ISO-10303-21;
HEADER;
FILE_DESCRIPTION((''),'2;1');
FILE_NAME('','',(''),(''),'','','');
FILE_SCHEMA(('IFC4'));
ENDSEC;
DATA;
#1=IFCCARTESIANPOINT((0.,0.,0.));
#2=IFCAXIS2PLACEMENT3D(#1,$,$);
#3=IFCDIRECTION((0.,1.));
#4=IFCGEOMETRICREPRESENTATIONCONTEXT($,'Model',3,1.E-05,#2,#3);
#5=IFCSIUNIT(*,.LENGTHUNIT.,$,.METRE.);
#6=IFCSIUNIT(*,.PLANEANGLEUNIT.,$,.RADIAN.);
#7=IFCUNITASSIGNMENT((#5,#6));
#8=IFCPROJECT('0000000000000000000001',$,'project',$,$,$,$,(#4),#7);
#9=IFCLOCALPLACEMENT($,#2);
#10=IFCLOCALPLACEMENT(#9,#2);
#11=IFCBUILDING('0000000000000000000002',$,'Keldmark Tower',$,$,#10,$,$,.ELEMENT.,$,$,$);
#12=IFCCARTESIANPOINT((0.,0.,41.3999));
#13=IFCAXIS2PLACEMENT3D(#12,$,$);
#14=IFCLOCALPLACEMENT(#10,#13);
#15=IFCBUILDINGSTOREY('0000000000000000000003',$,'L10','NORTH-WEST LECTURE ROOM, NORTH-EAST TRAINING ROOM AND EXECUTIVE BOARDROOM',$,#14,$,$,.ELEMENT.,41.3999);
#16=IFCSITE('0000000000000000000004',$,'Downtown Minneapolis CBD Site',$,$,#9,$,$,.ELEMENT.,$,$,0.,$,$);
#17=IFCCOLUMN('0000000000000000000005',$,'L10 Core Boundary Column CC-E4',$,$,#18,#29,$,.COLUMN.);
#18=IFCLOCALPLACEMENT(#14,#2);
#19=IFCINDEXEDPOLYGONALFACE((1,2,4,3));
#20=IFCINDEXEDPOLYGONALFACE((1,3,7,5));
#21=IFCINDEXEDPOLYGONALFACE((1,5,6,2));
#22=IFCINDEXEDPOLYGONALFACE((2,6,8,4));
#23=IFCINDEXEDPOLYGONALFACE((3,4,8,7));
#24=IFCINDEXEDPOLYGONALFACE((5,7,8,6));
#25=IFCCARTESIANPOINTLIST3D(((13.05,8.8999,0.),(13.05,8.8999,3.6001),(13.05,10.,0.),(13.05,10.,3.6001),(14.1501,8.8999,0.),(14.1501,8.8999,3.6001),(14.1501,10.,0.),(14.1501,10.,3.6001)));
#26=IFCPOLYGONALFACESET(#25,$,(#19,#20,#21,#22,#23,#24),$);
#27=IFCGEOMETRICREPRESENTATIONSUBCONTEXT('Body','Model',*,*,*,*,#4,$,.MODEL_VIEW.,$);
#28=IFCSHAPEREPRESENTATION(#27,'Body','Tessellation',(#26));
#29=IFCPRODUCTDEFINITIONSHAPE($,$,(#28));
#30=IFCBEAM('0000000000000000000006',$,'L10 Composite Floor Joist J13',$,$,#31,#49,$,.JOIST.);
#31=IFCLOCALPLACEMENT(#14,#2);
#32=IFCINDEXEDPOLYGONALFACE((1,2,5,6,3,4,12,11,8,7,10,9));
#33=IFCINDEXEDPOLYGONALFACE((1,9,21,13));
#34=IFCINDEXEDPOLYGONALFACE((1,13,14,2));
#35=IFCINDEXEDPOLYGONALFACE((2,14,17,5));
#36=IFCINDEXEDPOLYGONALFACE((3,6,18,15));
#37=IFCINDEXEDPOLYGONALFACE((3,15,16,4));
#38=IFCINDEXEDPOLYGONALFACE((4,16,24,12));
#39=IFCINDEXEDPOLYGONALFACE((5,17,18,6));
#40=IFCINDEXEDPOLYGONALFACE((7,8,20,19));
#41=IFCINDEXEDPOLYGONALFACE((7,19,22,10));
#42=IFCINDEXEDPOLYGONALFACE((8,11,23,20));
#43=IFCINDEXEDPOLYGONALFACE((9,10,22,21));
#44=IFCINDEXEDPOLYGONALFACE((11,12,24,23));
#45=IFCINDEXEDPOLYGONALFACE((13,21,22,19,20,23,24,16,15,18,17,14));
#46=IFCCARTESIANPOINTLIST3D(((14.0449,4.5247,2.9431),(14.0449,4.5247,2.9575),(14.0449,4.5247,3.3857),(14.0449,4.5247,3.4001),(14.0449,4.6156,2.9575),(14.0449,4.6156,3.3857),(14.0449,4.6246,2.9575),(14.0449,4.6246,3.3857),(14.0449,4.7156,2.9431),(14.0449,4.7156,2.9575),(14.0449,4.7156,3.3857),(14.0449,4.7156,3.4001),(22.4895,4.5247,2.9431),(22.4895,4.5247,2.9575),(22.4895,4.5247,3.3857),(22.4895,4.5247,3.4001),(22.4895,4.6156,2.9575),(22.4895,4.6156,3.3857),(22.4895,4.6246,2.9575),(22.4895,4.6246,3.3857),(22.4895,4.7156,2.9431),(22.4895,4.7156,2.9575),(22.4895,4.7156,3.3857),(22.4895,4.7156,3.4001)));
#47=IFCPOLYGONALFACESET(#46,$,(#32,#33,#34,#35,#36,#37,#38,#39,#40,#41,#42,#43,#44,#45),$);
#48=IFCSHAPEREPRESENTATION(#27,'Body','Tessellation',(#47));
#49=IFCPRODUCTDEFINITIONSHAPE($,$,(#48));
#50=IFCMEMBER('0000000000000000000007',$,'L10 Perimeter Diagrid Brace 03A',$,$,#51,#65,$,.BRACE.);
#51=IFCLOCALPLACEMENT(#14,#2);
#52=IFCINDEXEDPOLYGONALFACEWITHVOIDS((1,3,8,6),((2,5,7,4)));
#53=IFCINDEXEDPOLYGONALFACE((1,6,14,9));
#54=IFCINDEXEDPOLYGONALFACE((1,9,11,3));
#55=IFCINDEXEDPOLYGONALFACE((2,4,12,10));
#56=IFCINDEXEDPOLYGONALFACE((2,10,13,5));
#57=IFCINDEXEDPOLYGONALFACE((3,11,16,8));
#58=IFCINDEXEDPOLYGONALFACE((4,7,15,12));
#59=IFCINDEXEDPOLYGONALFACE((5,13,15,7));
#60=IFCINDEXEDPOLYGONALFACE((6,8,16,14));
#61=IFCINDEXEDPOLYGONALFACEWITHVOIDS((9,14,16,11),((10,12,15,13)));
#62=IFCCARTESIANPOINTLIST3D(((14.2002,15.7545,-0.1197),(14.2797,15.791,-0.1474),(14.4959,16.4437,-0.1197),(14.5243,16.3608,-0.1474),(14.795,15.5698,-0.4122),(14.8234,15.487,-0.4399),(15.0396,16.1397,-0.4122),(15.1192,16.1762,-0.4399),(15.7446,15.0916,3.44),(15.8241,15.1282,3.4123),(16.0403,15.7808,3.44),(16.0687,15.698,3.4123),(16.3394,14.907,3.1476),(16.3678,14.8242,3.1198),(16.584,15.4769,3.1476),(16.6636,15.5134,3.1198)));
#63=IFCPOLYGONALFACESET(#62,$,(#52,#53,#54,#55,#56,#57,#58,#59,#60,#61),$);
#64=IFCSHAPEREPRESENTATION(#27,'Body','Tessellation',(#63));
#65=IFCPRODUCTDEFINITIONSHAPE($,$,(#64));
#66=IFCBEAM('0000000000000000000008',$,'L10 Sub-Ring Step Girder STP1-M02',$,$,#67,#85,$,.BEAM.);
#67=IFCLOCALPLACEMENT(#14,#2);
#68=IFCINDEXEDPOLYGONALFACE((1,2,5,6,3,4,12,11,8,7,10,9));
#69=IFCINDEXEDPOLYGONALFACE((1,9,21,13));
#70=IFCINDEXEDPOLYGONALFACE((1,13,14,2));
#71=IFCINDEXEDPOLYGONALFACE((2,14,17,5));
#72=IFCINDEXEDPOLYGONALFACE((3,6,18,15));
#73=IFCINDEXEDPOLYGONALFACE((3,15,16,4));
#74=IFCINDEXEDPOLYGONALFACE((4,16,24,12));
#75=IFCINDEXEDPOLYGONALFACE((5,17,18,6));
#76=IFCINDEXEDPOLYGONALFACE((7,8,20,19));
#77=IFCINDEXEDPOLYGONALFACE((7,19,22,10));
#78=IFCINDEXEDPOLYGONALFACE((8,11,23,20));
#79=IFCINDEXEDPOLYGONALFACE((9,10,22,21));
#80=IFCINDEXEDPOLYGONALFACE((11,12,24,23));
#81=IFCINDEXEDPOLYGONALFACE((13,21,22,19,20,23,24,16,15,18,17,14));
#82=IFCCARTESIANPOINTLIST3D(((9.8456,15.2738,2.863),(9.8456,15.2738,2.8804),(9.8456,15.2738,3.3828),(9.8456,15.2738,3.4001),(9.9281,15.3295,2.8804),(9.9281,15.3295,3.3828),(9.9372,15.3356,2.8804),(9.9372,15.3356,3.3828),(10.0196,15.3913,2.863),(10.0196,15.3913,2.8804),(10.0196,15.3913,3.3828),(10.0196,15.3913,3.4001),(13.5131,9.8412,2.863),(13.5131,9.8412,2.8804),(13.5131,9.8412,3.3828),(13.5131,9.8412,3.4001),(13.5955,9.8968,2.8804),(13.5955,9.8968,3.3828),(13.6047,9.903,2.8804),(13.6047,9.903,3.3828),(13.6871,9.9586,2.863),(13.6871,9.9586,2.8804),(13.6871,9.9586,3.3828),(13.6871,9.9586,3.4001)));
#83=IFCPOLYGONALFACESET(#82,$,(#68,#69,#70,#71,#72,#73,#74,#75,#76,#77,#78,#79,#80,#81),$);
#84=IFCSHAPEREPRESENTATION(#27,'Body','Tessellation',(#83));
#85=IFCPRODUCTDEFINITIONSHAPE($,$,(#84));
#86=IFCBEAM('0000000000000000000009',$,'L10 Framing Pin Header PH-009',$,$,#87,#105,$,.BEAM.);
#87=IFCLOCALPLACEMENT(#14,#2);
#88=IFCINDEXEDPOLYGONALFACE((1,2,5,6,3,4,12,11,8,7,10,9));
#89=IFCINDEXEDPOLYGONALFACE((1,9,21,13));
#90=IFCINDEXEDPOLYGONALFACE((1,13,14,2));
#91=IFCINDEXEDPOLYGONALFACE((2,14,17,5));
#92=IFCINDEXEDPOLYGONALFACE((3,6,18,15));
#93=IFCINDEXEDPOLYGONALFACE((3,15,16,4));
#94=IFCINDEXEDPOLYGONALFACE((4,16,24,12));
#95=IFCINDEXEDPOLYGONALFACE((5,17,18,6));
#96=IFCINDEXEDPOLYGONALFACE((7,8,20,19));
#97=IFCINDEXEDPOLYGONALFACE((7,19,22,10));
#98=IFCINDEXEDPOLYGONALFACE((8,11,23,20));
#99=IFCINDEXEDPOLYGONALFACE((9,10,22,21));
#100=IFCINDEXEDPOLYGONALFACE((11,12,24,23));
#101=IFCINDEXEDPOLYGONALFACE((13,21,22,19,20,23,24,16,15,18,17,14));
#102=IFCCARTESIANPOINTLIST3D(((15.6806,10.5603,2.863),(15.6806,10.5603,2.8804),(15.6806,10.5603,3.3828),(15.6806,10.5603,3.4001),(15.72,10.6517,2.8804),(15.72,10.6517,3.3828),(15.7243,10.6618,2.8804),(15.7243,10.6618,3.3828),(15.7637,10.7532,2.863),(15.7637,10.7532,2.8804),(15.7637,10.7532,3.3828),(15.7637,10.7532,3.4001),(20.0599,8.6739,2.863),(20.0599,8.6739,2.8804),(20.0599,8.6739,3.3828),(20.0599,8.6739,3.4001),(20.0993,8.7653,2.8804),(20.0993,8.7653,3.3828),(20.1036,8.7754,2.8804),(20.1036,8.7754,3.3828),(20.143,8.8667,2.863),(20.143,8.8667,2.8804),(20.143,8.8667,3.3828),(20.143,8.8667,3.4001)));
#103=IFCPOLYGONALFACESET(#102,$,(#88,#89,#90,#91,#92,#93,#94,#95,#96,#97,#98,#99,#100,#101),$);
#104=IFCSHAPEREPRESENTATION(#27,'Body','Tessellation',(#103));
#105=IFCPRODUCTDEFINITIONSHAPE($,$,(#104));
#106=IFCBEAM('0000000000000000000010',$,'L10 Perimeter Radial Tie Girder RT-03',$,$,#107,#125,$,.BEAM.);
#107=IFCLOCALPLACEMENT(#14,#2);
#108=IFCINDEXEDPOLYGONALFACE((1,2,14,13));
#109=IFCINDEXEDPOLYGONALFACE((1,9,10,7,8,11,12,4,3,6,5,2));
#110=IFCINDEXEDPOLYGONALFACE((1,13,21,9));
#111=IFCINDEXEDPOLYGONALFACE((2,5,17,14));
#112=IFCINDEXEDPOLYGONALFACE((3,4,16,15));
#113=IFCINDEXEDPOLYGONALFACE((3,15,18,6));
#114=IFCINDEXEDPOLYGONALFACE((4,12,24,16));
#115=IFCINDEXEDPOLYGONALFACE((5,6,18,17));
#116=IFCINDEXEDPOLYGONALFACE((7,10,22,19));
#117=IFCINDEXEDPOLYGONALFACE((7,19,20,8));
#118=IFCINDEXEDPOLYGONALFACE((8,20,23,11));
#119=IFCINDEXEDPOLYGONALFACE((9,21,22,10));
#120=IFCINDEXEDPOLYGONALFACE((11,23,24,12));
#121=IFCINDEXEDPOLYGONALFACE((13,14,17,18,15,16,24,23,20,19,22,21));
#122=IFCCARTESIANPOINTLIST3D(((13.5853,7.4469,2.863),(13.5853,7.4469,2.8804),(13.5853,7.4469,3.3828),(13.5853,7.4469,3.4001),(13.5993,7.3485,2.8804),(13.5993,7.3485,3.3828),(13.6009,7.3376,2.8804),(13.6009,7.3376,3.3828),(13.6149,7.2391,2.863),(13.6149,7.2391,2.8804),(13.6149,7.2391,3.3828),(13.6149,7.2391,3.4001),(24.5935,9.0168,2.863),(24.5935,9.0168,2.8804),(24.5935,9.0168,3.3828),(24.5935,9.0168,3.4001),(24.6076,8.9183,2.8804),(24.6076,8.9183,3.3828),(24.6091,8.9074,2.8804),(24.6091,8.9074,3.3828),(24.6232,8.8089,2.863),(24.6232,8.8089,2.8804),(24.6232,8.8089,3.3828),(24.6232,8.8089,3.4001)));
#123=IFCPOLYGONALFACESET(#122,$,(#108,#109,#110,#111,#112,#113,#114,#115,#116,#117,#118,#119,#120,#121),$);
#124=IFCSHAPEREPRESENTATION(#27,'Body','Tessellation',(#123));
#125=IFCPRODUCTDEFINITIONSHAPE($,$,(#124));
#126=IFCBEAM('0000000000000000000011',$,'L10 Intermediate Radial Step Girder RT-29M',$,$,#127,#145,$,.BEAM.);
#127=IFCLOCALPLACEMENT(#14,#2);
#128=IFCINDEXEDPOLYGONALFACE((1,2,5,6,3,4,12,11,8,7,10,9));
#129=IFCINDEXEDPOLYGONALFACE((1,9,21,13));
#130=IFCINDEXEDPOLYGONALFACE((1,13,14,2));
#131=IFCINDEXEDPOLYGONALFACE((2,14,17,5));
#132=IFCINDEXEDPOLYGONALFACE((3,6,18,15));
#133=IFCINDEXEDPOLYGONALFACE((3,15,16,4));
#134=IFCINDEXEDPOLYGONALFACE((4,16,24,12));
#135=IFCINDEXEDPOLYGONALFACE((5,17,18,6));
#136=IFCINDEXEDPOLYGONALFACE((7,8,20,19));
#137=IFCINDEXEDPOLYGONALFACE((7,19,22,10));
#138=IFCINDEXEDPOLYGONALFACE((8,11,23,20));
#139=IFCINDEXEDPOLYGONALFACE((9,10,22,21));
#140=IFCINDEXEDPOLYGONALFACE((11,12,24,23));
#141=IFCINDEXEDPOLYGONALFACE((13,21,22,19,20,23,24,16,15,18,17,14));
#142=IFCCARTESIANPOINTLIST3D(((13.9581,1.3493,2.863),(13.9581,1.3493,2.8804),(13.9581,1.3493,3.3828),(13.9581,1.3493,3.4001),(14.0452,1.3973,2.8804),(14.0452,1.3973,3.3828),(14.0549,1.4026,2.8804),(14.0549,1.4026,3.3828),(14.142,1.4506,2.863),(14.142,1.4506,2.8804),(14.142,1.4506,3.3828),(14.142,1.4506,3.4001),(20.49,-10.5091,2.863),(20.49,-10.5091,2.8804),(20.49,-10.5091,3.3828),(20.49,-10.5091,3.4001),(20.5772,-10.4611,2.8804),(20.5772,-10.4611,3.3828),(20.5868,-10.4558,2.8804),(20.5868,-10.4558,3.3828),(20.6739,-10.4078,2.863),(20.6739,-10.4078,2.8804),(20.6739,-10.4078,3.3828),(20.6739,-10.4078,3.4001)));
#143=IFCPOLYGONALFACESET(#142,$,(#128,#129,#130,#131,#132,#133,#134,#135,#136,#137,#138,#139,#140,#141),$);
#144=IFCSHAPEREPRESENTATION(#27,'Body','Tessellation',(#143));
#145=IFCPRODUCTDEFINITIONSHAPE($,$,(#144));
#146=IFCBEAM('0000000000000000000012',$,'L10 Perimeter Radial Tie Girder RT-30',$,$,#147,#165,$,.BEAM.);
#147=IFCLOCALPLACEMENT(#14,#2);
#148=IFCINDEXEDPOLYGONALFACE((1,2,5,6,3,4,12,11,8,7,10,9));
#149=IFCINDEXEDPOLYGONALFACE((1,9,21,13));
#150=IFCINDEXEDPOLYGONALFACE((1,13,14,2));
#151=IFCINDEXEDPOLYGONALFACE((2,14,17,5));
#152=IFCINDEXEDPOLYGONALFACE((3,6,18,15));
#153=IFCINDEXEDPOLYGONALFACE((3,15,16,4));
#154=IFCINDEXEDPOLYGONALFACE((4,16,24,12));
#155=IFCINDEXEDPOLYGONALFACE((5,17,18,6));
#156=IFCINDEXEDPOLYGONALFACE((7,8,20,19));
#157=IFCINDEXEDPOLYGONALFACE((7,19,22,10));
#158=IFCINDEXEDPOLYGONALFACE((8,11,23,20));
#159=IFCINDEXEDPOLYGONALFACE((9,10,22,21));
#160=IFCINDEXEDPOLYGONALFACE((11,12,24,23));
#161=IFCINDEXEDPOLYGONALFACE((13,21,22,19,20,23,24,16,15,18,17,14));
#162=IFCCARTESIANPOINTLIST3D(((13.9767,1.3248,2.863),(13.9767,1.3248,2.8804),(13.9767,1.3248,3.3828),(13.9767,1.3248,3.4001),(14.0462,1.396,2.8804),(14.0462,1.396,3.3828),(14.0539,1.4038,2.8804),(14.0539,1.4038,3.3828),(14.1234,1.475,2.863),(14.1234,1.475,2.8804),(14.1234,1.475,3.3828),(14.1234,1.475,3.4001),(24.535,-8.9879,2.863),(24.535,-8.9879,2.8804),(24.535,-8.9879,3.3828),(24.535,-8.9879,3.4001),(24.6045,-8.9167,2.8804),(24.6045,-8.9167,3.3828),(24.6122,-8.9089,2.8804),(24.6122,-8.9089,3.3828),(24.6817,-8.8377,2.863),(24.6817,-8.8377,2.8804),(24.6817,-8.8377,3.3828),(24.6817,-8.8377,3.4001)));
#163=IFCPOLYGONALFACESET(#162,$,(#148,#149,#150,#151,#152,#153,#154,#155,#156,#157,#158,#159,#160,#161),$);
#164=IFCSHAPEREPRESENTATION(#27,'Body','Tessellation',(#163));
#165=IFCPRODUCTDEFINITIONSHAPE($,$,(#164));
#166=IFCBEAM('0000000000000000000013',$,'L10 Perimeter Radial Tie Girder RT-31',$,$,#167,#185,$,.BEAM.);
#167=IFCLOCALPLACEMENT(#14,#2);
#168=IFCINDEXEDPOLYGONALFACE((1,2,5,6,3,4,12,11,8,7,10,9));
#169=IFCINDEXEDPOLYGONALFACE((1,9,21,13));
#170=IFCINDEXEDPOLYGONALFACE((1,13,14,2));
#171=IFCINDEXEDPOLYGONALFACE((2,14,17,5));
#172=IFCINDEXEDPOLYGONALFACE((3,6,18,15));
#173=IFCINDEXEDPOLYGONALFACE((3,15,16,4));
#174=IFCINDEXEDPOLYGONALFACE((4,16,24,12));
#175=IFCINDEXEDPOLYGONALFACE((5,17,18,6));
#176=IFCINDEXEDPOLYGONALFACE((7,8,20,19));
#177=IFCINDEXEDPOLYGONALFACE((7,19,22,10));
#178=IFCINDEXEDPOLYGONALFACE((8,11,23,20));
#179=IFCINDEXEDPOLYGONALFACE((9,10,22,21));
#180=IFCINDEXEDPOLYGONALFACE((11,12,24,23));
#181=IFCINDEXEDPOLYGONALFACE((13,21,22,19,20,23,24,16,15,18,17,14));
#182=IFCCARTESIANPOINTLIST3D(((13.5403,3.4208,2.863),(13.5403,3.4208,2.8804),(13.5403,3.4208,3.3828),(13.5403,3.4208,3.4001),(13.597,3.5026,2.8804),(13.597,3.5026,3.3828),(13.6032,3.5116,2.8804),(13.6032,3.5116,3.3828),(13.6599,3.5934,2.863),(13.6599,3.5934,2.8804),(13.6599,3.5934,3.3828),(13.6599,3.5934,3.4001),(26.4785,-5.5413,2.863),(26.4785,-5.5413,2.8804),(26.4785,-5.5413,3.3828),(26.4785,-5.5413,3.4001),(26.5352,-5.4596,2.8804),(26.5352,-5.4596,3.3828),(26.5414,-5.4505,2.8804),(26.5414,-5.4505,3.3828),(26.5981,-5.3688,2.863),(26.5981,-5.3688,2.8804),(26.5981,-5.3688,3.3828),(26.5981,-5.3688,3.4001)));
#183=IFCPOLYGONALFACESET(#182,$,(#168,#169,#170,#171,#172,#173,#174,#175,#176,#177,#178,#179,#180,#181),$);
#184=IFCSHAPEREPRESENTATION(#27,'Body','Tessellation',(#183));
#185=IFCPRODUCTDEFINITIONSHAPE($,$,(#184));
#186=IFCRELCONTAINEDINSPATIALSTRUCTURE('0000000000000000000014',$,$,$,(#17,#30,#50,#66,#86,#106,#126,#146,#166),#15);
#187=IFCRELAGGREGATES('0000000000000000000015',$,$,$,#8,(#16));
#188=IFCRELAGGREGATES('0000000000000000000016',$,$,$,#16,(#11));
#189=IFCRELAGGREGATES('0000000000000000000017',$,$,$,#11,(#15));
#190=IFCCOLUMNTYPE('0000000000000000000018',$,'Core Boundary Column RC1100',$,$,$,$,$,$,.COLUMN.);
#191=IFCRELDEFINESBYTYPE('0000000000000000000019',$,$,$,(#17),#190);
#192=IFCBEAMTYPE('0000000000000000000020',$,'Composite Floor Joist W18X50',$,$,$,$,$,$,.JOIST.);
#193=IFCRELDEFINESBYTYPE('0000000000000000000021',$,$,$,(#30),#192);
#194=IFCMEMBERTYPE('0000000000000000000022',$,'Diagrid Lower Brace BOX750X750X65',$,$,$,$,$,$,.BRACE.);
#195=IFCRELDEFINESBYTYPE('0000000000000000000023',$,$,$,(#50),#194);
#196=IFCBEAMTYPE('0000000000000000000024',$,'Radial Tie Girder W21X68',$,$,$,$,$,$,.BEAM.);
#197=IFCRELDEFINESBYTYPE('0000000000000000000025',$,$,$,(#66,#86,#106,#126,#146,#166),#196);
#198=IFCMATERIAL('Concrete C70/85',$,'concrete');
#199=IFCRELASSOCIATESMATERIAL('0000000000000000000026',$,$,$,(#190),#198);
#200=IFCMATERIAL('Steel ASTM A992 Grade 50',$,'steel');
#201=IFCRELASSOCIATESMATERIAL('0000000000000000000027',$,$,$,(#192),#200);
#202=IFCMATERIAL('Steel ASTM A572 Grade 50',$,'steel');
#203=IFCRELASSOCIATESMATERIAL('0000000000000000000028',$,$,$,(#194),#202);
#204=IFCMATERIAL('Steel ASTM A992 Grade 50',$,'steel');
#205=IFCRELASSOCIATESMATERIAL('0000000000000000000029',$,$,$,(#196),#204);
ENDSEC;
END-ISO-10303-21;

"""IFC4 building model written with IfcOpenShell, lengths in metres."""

from ifc_helpers import new_model, si_unit, direction, frame, origin, origin_2d, place, context, subcontext, project, spatial, rectangle, hollow_rectangle, i_section, extrude, material, material_profile, profile_set, type_object, element, save


model = new_model("IFC4")

# Units and contexts
model_context = context("Model", 3, precision=1e-05, world=origin(), true_north=direction((0.0, 1.0)))
body_context = subcontext(model_context, "Body", "Model", "MODEL_VIEW")
ifc_project = project(units=[si_unit("LENGTHUNIT", "METRE"), si_unit("PLANEANGLEUNIT", "RADIAN")], contexts=[model_context])

# Site, building, storey
site_placement = place(None, origin())
site = spatial("IfcSite", under=ifc_project, at=site_placement, Name="Downtown Minneapolis CBD Site", CompositionType="ELEMENT", RefElevation=0.0)
building_placement = place(site_placement, origin())
building = spatial("IfcBuilding", under=site, at=building_placement, Name="Keldmark Tower", CompositionType="ELEMENT")
storey_placement = place(building_placement, frame((0.0, 0.0, 41.3999)))
storey = spatial("IfcBuildingStorey", under=building, at=storey_placement, Name="L10", Description="NORTH-WEST LECTURE ROOM, NORTH-EAST TRAINING ROOM AND EXECUTIVE BOARDROOM", CompositionType="ELEMENT", Elevation=41.3999)

# Column
ifc_material_1 = material(Name="Concrete C70/85", Category="concrete")
ifc_material_profile_1 = material_profile(ifc_material_1, rectangle(XDim=1.1001, YDim=1.1001, at=origin_2d()), Name="RC1100X1100")
ifc_profile_set_1 = profile_set([ifc_material_profile_1], Name="Concrete C70/85")
column_type = type_object("IfcColumnType", Name="Core Boundary Column RC1100", PredefinedType="COLUMN", material=ifc_profile_set_1)
column_placement = place(storey_placement, frame((13.6001, 9.45, 0.0), z_axis=(0.0, 0.0, 1.0), x_axis=(1.0, 0.0, 0.0)))
element("IfcColumn", 1, at=column_placement, inside=storey, type_object=column_type, Name="L10 Core Boundary Column CC-E4", PredefinedType="COLUMN", context=body_context, shape_type="SweptSolid", body=[
    extrude(rectangle(XDim=1.1001, YDim=1.1001, at=origin_2d()), origin(), (0.0, 0.0, 1.0), 3.6001),
])

# Beam
ifc_material_2 = material(Name="Steel ASTM A992 Grade 50", Category="steel")
ifc_material_profile_2 = material_profile(ifc_material_2, i_section(OverallWidth=0.1909, OverallDepth=0.457, WebThickness=0.009, FlangeThickness=0.0144, at=origin_2d()), Name="W18X50")
ifc_profile_set_2 = profile_set([ifc_material_profile_2], Name="Steel ASTM A992 Grade 50")
beam_type_1 = type_object("IfcBeamType", Name="Composite Floor Joist W18X50", PredefinedType="JOIST", material=ifc_profile_set_2)
beam_1_placement = place(storey_placement, frame((14.0449, 4.6201, 3.1716), z_axis=(1.0, 0.0, 0.0), x_axis=(0.0, 1.0, 0.0)))
element("IfcBeam", 2, at=beam_1_placement, inside=storey, type_object=beam_type_1, Name="L10 Composite Floor Joist J13", PredefinedType="JOIST", context=body_context, shape_type="SweptSolid", body=[
    extrude(i_section(OverallWidth=0.1909, OverallDepth=0.457, WebThickness=0.009, FlangeThickness=0.0144, at=origin_2d()), origin(), (0.0, 0.0, 1.0), 8.4446),
])

# Member
ifc_material_3 = material(Name="Steel ASTM A572 Grade 50", Category="steel")
ifc_material_profile_3 = material_profile(ifc_material_3, hollow_rectangle(XDim=0.75, YDim=0.75, WallThickness=0.0649, at=origin_2d()), Name="BOX750X750X65")
ifc_profile_set_3 = profile_set([ifc_material_profile_3], Name="Steel ASTM A572 Grade 50")
member_type = type_object("IfcMemberType", Name="Diagrid Lower Brace BOX750X750X65", PredefinedType="BRACE", material=ifc_profile_set_3)
member_placement = place(storey_placement, frame((14.6597, 15.9653, -0.2798), z_axis=(0.392326, -0.168379, 0.904284), x_axis=(0.394393, 0.918942, 0.0)))
element("IfcMember", 3, at=member_placement, inside=storey, type_object=member_type, Name="L10 Perimeter Diagrid Brace 03A", PredefinedType="BRACE", context=body_context, shape_type="SweptSolid", body=[
    extrude(hollow_rectangle(XDim=0.75, YDim=0.75, WallThickness=0.0649, at=origin_2d()), origin(), (0.0, 0.0, 1.0), 3.9365),
])

# Beams
ifc_material_4 = material(Name="Steel ASTM A992 Grade 50", Category="steel")
ifc_material_profile_4 = material_profile(ifc_material_4, i_section(OverallWidth=0.21, OverallDepth=0.5371, WebThickness=0.011, FlangeThickness=0.0173, at=origin_2d()), Name="W21X68")
ifc_profile_set_4 = profile_set([ifc_material_profile_4], Name="Steel ASTM A992 Grade 50")
beam_type_2 = type_object("IfcBeamType", Name="Radial Tie Girder W21X68", PredefinedType="BEAM", material=ifc_profile_set_4)
beam_2_placement = place(storey_placement, frame((13.6001, 9.8999, 3.1316), z_axis=(-0.559521, 0.828816, 0.0), x_axis=(-0.828816, -0.559521, 0.0)))
element("IfcBeam", 4, at=beam_2_placement, inside=storey, type_object=beam_type_2, Name="L10 Sub-Ring Step Girder STP1-M02", PredefinedType="BEAM", context=body_context, shape_type="SweptSolid", body=[
    extrude(i_section(OverallWidth=0.21, OverallDepth=0.5371, WebThickness=0.011, FlangeThickness=0.0173, at=origin_2d()), origin(), (0.0, 0.0, 1.0), 6.5547),
])
beam_3_placement = place(storey_placement, frame((15.7222, 10.6567, 3.1316), z_axis=(0.918415, -0.395618, 0.0), x_axis=(0.395618, 0.918415, 0.0)))
element("IfcBeam", 5, at=beam_3_placement, inside=storey, type_object=beam_type_2, Name="L10 Framing Pin Header PH-009", PredefinedType="BEAM", context=body_context, shape_type="SweptSolid", body=[
    extrude(i_section(OverallWidth=0.21, OverallDepth=0.5371, WebThickness=0.011, FlangeThickness=0.0173, at=origin_2d()), origin(), (0.0, 0.0, 1.0), 4.7683),
])
beam_4_placement = place(storey_placement, frame((13.6001, 7.343, 3.1316), z_axis=(0.989985, 0.141175, 0.0), x_axis=(-0.141175, 0.989985, 0.0)))
element("IfcBeam", 6, at=beam_4_placement, inside=storey, type_object=beam_type_2, Name="L10 Perimeter Radial Tie Girder RT-03", PredefinedType="BEAM", context=body_context, shape_type="SweptSolid", body=[
    extrude(i_section(OverallWidth=0.21, OverallDepth=0.5371, WebThickness=0.011, FlangeThickness=0.0173, at=origin_2d()), origin(), (0.0, 0.0, 1.0), 11.1196),
])
beam_5_placement = place(storey_placement, frame((14.05, 1.3999, 3.1316), z_axis=(0.482478, -0.875908, 0.0), x_axis=(0.875908, 0.482478, 0.0)))
element("IfcBeam", 7, at=beam_5_placement, inside=storey, type_object=beam_type_2, Name="L10 Intermediate Radial Step Girder RT-29M", PredefinedType="BEAM", context=body_context, shape_type="SweptSolid", body=[
    extrude(i_section(OverallWidth=0.21, OverallDepth=0.5371, WebThickness=0.011, FlangeThickness=0.0173, at=origin_2d()), origin(), (0.0, 0.0, 1.0), 13.5383),
])
beam_6_placement = place(storey_placement, frame((14.05, 1.3999, 3.1316), z_axis=(0.715378, -0.698737, 0.0), x_axis=(0.698737, 0.715378, 0.0)))
element("IfcBeam", 8, at=beam_6_placement, inside=storey, type_object=beam_type_2, Name="L10 Perimeter Radial Tie Girder RT-30", PredefinedType="BEAM", context=body_context, shape_type="SweptSolid", body=[
    extrude(i_section(OverallWidth=0.21, OverallDepth=0.5371, WebThickness=0.011, FlangeThickness=0.0173, at=origin_2d()), origin(), (0.0, 0.0, 1.0), 14.759),
])
beam_7_placement = place(storey_placement, frame((13.6001, 3.5071, 3.1316), z_axis=(0.822046, -0.569421, 0.0), x_axis=(0.569421, 0.822046, 0.0)))
element("IfcBeam", 9, at=beam_7_placement, inside=storey, type_object=beam_type_2, Name="L10 Perimeter Radial Tie Girder RT-31", PredefinedType="BEAM", context=body_context, shape_type="SweptSolid", body=[
    extrude(i_section(OverallWidth=0.21, OverallDepth=0.5371, WebThickness=0.011, FlangeThickness=0.0173, at=origin_2d()), origin(), (0.0, 0.0, 1.0), 15.739),
])

save(model, "model.ifc")
